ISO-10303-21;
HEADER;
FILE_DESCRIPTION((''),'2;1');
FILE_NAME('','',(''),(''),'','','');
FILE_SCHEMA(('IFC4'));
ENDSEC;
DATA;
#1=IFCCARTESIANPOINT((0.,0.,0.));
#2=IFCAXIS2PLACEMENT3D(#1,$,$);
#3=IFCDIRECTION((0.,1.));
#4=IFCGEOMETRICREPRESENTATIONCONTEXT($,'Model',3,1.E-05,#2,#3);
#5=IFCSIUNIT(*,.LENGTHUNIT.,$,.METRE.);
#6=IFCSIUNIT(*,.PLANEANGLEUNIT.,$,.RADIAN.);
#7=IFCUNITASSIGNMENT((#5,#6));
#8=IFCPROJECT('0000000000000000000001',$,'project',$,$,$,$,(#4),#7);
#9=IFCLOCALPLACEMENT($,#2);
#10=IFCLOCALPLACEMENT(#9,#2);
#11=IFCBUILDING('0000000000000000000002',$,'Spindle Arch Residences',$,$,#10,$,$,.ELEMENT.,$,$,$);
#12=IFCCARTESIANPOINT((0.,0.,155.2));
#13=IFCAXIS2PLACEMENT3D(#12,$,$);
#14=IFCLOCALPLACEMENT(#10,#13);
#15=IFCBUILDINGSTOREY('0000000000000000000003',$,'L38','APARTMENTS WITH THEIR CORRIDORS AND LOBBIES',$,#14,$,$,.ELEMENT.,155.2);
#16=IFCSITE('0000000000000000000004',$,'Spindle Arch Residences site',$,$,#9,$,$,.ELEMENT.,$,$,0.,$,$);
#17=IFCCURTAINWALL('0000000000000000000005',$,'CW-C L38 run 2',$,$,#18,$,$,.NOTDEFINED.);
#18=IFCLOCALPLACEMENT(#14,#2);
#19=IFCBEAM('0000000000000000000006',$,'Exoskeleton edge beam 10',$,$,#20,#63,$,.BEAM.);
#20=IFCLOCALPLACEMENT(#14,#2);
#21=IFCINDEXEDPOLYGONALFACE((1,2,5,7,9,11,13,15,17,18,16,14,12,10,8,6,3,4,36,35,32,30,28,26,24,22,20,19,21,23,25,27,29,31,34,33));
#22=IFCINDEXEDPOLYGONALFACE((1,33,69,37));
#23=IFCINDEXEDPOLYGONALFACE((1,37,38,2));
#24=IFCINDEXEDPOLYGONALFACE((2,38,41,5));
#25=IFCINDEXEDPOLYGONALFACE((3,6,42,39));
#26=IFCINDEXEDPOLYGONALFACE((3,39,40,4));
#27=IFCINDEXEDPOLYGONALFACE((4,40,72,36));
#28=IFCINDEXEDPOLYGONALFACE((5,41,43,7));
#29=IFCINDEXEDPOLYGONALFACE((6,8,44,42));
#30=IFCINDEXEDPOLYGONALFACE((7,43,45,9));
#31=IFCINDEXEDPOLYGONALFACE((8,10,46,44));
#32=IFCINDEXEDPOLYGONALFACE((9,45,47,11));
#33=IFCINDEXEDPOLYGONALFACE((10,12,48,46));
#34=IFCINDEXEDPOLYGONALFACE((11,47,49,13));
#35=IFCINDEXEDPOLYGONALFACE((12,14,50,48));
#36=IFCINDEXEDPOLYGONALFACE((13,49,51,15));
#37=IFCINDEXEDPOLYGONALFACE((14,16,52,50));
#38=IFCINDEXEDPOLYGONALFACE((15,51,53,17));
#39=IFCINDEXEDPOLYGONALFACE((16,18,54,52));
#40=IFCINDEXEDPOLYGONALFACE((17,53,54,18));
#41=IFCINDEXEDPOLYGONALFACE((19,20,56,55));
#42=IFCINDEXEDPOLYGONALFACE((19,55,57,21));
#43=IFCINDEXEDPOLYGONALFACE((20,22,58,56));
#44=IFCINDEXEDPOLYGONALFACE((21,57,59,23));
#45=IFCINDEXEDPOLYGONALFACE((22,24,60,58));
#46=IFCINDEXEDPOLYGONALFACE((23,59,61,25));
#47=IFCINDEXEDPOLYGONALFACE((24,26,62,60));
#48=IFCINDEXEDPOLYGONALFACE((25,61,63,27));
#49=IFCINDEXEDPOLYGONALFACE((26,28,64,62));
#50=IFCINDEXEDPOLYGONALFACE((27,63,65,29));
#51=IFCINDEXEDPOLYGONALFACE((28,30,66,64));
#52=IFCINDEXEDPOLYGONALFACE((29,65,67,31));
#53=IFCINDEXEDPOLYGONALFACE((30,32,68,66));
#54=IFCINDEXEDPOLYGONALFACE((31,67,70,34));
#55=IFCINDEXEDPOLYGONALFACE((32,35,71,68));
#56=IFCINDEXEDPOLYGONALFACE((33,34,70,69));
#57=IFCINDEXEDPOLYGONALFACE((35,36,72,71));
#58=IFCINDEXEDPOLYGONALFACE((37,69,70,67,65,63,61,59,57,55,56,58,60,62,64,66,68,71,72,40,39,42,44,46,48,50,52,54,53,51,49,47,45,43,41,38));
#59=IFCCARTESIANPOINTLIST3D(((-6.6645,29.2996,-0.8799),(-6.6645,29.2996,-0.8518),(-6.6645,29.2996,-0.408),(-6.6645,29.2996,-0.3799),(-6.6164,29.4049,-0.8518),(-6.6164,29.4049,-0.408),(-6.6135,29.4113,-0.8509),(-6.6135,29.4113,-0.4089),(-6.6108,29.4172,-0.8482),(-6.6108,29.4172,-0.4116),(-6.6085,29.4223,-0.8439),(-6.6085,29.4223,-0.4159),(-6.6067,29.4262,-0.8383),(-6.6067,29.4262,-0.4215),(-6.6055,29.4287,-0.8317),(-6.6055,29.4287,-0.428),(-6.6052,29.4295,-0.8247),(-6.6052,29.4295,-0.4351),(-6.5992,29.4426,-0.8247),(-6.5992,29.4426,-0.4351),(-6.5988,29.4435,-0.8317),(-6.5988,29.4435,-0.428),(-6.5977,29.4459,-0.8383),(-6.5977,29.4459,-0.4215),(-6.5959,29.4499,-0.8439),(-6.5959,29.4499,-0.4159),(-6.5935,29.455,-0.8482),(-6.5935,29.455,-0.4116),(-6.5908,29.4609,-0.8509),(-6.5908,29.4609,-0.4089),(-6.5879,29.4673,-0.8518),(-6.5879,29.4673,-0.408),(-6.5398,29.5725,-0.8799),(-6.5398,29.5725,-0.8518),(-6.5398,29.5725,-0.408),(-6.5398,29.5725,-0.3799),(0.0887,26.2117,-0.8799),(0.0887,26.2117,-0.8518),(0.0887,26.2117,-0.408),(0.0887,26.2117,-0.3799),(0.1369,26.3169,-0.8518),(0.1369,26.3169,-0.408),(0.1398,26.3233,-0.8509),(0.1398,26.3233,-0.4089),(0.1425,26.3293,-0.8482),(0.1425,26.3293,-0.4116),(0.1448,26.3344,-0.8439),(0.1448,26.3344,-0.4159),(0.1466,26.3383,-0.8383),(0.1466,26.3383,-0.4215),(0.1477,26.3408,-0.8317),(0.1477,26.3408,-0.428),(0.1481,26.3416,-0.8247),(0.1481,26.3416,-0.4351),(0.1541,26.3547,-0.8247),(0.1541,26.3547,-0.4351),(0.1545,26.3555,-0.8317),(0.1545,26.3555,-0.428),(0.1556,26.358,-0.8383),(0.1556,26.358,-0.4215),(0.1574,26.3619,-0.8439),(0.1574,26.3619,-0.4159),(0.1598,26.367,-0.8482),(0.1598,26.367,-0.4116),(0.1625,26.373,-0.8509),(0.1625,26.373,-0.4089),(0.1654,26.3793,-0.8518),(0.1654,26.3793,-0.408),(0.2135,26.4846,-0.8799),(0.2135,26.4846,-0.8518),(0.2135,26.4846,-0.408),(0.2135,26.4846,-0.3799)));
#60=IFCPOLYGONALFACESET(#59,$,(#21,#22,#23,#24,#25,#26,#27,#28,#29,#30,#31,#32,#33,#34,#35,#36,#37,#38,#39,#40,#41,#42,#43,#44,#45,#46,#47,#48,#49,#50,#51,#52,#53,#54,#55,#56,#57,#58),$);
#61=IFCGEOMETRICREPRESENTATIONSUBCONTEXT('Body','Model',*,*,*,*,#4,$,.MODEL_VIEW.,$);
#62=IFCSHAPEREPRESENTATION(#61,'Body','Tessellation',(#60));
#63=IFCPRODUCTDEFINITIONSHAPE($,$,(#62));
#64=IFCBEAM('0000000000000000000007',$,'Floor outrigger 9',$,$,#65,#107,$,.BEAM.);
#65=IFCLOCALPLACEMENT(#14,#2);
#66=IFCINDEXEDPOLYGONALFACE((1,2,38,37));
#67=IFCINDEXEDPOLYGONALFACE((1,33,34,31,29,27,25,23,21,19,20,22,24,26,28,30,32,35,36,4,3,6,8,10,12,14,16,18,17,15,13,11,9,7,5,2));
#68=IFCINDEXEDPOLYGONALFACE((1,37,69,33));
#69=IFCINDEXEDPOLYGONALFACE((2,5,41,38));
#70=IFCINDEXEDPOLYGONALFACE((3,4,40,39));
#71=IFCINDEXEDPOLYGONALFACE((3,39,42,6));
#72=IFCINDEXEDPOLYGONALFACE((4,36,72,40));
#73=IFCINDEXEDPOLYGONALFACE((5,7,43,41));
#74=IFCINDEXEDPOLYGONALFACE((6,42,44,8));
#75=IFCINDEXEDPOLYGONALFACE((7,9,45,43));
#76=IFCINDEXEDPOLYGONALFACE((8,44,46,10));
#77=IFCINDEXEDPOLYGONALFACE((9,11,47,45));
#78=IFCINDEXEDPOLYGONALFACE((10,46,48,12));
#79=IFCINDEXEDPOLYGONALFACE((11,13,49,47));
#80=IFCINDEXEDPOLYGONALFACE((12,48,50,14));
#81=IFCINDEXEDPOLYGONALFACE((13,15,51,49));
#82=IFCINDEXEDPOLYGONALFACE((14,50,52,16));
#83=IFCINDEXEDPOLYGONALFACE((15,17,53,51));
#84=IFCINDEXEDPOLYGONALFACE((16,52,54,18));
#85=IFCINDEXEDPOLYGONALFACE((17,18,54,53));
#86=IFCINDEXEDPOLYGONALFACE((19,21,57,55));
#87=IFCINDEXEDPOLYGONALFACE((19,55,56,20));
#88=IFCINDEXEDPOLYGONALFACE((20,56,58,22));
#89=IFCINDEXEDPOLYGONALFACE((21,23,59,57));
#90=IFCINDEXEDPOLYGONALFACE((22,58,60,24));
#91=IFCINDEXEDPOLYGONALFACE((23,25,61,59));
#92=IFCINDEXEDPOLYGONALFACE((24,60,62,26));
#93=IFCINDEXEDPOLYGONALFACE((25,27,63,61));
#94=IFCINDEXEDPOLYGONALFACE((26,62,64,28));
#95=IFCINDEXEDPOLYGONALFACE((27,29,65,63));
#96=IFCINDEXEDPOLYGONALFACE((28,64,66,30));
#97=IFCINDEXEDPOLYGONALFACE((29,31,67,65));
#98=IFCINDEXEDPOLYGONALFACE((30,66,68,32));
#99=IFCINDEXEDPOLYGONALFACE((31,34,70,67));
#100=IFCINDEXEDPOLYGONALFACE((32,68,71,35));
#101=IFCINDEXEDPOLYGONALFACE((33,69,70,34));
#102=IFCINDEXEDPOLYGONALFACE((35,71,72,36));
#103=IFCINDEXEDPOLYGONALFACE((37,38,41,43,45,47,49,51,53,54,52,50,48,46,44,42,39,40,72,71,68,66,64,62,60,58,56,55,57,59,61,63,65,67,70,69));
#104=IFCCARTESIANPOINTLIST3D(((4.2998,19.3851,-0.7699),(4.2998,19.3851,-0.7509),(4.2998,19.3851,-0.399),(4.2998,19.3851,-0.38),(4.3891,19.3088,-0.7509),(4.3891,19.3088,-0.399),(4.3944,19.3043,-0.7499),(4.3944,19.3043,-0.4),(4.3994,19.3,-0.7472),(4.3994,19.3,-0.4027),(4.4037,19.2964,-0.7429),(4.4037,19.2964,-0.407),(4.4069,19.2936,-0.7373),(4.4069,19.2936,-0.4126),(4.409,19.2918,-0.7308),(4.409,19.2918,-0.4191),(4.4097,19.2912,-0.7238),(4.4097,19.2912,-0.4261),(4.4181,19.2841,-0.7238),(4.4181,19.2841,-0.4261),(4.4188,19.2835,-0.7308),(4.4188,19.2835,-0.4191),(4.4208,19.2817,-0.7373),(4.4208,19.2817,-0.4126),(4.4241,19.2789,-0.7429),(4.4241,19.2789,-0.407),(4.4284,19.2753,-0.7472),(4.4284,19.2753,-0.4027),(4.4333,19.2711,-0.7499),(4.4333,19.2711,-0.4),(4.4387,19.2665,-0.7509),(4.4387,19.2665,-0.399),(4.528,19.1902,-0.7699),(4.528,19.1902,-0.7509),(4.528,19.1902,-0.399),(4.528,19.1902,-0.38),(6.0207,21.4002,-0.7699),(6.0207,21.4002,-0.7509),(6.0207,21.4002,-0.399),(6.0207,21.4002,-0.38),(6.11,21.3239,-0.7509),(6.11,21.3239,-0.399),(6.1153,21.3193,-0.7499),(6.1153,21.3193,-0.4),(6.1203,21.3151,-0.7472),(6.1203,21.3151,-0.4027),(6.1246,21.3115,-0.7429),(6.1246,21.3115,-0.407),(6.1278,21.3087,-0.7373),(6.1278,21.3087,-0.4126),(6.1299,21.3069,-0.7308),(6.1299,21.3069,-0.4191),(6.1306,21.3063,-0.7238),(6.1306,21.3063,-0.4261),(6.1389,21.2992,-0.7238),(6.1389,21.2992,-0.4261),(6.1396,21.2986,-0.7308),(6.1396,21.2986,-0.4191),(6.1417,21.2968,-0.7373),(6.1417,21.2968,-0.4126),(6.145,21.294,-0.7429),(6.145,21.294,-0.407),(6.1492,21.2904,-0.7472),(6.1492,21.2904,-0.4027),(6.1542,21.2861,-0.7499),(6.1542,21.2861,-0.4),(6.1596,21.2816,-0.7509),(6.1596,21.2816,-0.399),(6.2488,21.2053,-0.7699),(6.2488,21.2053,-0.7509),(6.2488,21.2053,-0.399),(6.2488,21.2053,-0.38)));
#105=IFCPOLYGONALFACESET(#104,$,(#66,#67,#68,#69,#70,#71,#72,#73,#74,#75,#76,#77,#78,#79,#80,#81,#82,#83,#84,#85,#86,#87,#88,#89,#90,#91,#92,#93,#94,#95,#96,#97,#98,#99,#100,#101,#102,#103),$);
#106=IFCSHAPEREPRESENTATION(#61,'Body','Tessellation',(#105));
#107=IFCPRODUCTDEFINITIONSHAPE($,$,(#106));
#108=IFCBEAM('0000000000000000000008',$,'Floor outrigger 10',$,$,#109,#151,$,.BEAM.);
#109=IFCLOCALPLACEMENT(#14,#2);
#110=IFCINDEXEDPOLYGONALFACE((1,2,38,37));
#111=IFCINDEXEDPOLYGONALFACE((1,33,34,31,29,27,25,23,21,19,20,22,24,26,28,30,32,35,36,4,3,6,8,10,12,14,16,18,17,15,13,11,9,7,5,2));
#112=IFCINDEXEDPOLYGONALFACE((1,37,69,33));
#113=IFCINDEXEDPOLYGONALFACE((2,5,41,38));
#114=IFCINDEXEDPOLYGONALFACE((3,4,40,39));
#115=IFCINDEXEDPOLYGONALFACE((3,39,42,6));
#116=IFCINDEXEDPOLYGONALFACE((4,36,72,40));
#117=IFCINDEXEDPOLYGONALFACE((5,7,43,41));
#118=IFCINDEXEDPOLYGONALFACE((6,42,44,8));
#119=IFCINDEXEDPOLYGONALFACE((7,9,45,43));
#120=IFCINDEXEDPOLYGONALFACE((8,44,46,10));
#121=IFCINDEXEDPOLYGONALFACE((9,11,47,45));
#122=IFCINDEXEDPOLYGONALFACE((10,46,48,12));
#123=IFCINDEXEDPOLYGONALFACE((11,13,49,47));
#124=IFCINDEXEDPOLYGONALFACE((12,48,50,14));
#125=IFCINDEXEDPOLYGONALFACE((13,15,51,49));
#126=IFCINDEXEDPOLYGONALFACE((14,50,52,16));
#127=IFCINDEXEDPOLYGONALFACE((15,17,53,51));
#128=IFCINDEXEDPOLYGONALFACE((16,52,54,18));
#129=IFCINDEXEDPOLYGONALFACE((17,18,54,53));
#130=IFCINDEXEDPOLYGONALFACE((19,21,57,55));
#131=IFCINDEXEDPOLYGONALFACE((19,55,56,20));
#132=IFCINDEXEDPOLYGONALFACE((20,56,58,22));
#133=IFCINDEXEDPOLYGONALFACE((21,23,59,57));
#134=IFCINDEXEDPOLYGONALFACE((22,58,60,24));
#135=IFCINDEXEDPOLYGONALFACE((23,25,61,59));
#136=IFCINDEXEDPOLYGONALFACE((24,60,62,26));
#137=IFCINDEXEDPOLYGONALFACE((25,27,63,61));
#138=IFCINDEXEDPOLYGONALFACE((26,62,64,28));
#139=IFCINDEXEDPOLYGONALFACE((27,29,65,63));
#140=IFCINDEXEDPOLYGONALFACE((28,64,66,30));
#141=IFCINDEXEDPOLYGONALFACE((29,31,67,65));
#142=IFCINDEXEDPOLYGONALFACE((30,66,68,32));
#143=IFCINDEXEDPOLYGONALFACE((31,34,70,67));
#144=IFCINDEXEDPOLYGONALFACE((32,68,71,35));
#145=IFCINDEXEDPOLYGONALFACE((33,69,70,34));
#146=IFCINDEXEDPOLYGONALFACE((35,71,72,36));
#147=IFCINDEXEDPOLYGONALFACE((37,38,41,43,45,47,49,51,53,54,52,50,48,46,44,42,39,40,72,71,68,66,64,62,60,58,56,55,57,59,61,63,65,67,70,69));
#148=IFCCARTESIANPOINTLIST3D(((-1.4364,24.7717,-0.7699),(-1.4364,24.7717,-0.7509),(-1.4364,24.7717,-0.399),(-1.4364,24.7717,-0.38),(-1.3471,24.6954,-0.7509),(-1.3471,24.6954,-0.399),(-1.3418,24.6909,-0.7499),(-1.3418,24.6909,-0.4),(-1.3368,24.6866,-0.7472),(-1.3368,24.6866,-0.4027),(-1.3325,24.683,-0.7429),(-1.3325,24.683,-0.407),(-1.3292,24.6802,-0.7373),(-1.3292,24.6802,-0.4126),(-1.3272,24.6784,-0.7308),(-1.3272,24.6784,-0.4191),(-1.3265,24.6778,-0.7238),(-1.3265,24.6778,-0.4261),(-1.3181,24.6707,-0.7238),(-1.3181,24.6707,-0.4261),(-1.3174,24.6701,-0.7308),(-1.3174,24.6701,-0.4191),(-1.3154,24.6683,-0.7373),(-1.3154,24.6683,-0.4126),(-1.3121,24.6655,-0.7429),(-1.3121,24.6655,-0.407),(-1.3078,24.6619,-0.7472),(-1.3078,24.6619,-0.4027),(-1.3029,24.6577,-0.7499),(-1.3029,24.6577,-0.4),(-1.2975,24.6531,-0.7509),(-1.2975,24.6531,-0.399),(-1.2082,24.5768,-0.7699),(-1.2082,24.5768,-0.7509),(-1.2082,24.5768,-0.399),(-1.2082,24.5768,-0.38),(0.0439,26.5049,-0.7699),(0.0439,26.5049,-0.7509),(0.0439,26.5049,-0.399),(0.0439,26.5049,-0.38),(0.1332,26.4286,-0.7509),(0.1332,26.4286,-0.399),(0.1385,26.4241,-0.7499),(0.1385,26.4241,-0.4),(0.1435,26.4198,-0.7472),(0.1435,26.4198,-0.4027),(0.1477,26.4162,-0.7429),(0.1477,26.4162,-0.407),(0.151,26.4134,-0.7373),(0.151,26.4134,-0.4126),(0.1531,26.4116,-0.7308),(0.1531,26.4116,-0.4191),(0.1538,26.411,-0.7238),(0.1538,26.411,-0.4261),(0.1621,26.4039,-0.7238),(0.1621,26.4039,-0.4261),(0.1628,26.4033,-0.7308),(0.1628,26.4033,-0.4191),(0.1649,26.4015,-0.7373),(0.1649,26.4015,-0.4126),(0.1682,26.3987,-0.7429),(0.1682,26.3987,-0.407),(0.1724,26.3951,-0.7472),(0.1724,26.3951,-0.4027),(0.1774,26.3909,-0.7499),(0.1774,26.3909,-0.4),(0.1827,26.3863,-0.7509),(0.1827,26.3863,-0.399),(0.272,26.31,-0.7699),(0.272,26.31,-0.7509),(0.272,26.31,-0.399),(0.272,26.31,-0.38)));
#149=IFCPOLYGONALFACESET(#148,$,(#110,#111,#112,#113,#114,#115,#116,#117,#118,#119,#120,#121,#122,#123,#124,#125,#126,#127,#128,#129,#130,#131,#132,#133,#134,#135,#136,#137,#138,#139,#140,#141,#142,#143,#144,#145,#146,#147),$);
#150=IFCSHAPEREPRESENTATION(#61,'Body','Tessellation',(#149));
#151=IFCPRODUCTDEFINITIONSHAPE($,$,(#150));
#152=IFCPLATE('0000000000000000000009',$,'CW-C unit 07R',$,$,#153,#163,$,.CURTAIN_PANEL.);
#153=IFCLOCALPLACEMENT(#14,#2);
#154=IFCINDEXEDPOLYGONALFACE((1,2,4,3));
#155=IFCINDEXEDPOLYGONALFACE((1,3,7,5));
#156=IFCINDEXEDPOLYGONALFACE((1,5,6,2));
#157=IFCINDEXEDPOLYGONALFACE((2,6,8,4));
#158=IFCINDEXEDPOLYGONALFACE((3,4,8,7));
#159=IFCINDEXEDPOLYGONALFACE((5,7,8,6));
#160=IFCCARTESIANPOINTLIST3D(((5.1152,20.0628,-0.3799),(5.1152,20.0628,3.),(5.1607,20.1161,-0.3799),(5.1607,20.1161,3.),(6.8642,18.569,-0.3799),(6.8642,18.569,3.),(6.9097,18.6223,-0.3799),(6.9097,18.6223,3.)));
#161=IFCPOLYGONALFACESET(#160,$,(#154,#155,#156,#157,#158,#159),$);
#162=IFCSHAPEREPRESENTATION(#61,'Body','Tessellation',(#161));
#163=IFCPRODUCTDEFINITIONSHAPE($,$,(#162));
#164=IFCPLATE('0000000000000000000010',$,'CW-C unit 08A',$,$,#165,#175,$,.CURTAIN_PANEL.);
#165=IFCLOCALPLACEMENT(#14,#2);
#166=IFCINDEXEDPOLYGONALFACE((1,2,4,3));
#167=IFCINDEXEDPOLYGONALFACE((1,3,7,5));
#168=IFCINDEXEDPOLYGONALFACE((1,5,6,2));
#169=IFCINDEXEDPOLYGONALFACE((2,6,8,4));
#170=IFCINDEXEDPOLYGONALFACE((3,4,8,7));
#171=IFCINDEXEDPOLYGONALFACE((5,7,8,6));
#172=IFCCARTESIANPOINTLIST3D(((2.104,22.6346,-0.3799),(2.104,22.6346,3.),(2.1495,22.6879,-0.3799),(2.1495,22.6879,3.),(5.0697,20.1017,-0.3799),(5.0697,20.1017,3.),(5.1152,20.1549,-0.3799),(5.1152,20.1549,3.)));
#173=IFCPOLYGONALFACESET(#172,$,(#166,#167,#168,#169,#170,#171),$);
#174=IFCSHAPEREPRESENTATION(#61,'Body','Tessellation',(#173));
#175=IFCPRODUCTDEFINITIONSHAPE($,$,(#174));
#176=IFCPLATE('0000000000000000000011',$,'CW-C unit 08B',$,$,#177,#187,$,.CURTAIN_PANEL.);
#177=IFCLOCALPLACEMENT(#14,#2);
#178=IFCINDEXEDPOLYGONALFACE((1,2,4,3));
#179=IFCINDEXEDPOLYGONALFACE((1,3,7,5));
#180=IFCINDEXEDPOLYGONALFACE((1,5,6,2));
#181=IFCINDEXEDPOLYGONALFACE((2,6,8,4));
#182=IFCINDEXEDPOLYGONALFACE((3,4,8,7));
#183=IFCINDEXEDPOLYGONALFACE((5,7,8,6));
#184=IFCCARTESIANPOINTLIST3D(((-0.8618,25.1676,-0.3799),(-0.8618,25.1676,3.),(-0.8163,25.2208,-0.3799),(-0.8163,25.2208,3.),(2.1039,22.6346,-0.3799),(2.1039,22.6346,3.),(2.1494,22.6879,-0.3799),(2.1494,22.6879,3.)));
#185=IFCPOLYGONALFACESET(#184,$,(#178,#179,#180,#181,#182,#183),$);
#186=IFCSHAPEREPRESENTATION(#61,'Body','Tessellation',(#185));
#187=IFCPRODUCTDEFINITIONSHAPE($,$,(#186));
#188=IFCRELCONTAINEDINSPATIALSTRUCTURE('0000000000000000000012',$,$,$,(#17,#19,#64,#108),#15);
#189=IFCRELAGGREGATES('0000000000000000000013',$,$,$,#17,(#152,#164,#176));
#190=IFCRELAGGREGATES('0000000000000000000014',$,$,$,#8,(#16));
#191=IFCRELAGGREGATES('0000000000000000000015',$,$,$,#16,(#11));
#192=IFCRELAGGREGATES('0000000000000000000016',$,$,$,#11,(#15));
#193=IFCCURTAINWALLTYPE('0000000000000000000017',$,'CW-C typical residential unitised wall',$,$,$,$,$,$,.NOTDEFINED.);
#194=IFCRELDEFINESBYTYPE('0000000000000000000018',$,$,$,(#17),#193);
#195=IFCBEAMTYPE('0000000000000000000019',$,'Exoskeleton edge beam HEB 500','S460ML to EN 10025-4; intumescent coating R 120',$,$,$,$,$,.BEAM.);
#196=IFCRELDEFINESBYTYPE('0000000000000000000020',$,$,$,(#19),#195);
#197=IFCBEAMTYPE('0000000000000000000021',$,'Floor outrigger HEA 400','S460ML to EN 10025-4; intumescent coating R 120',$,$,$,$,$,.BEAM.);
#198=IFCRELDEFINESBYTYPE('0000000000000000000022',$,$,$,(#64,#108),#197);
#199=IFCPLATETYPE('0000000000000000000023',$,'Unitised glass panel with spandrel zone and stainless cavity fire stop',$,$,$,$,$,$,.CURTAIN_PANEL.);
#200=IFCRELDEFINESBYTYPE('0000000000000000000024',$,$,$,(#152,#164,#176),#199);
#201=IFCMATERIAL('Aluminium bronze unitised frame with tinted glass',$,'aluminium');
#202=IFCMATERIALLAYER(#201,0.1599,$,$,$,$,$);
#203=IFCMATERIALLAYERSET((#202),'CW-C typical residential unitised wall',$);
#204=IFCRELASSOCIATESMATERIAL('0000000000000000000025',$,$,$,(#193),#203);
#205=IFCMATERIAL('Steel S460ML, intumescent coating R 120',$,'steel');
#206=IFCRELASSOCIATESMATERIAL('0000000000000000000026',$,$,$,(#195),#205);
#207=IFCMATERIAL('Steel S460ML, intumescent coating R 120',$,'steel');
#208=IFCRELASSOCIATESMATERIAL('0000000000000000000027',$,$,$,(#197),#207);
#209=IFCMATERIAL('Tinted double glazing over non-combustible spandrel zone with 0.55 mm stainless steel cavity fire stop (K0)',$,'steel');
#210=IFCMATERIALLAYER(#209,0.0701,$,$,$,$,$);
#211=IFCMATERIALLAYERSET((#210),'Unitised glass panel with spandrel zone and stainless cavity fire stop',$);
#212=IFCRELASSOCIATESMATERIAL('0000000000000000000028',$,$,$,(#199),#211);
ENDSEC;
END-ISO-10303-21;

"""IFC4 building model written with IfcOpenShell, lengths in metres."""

from ifc_helpers import new_model, si_unit, direction, frame, origin, origin_2d, place, context, subcontext, project, spatial, rectangle, i_section, extrude, material, layer, layer_set, material_profile, profile_set, type_object, element, aggregate, save


model = new_model("IFC4")

# Units and contexts
model_context = context("Model", 3, precision=1e-05, world=origin(), true_north=direction((0.0, 1.0)))
body_context = subcontext(model_context, "Body", "Model", "MODEL_VIEW")
ifc_project = project(units=[si_unit("LENGTHUNIT", "METRE"), si_unit("PLANEANGLEUNIT", "RADIAN")], contexts=[model_context])

# Site, building, storey
site_placement = place(None, origin())
site = spatial("IfcSite", under=ifc_project, at=site_placement, Name="Spindle Arch Residences site", CompositionType="ELEMENT", RefElevation=0.0)
building_placement = place(site_placement, origin())
building = spatial("IfcBuilding", under=site, at=building_placement, Name="Spindle Arch Residences", CompositionType="ELEMENT")
storey_placement = place(building_placement, frame((0.0, 0.0, 155.2)))
storey = spatial("IfcBuildingStorey", under=building, at=storey_placement, Name="L38", Description="APARTMENTS WITH THEIR CORRIDORS AND LOBBIES", CompositionType="ELEMENT", Elevation=155.2)

# Curtain wall
ifc_material_1 = material(Name="Aluminium bronze unitised frame with tinted glass", Category="aluminium")
ifc_layer_1 = layer(ifc_material_1, 0.1599)
ifc_layer_set_1 = layer_set([ifc_layer_1], Name="CW-C typical residential unitised wall")
curtain_wall_type_1 = type_object("IfcCurtainWallType", Name="CW-C typical residential unitised wall", PredefinedType="NOTDEFINED", material=ifc_layer_set_1)
curtain_wall_1_placement = place(storey_placement, origin())
curtain_wall_1 = element("IfcCurtainWall", 1, at=curtain_wall_1_placement, inside=storey, type_object=curtain_wall_type_1, Name="CW-C L38 run 2", PredefinedType="NOTDEFINED")

# Beams
ifc_material_2 = material(Name="Steel S460ML, intumescent coating R 120", Category="steel")
ifc_material_profile_1 = material_profile(ifc_material_2, i_section(OverallWidth=0.3, OverallDepth=0.5, WebThickness=0.0144, FlangeThickness=0.0281, FilletRadius=0.0271, at=origin_2d()), Name="HEB 500")
ifc_profile_set_1 = profile_set([ifc_material_profile_1], Name="Steel S460ML, intumescent coating R 120")
beam_type_1 = type_object("IfcBeamType", Name="Exoskeleton edge beam HEB 500", Description="S460ML to EN 10025-4; intumescent coating R 120", PredefinedType="BEAM", material=ifc_profile_set_1)
beam_1_placement = place(storey_placement, frame((0.1511, 26.3481, -0.6299), z_axis=(-0.909438, 0.415841, 0.0), x_axis=(-0.415841, -0.909438, 0.0)))
element("IfcBeam", 2, at=beam_1_placement, inside=storey, type_object=beam_type_1, Name="Exoskeleton edge beam 10", PredefinedType="BEAM", context=body_context, shape_type="SweptSolid", body=[
    extrude(i_section(OverallWidth=0.3, OverallDepth=0.5, WebThickness=0.0144, FlangeThickness=0.0281, FilletRadius=0.0271, at=origin_2d()), origin(), (0.0, 0.0, 1.0), 7.4258),
])
ifc_material_3 = material(Name="Steel S460ML, intumescent coating R 120", Category="steel")
ifc_material_profile_2 = material_profile(ifc_material_3, i_section(OverallWidth=0.3, OverallDepth=0.3899, WebThickness=0.011, FlangeThickness=0.019, FilletRadius=0.0271, at=origin_2d()), Name="HEA 400")
ifc_profile_set_2 = profile_set([ifc_material_profile_2], Name="Steel S460ML, intumescent coating R 120")
beam_type_2 = type_object("IfcBeamType", Name="Floor outrigger HEA 400", Description="S460ML to EN 10025-4; intumescent coating R 120", PredefinedType="BEAM", material=ifc_profile_set_2)
beam_2_placement = place(storey_placement, frame((6.1348, 21.3027, -0.575), z_axis=(-0.649417, -0.760432, 0.0), x_axis=(0.760432, -0.649417, 0.0)))
element("IfcBeam", 3, at=beam_2_placement, inside=storey, type_object=beam_type_2, Name="Floor outrigger 9", PredefinedType="BEAM", context=body_context, shape_type="SweptSolid", body=[
    extrude(i_section(OverallWidth=0.3, OverallDepth=0.3899, WebThickness=0.011, FlangeThickness=0.019, FilletRadius=0.0271, at=origin_2d()), origin(), (0.0, 0.0, 1.0), 2.6499),
])
beam_3_placement = place(storey_placement, frame((0.158, 26.4075, -0.575), z_axis=(-0.649441, -0.760412, 0.0), x_axis=(0.760412, -0.649441, 0.0)))
element("IfcBeam", 4, at=beam_3_placement, inside=storey, type_object=beam_type_2, Name="Floor outrigger 10", PredefinedType="BEAM", context=body_context, shape_type="SweptSolid", body=[
    extrude(i_section(OverallWidth=0.3, OverallDepth=0.3899, WebThickness=0.011, FlangeThickness=0.019, FilletRadius=0.0271, at=origin_2d()), origin(), (0.0, 0.0, 1.0), 2.2793),
])

# Plates
ifc_material_4 = material(Name="Tinted double glazing over non-combustible spandrel zone with 0.55 mm stainless steel cavity fire stop (K0)", Category="steel")
ifc_layer_2 = layer(ifc_material_4, 0.0701)
ifc_layer_set_2 = layer_set([ifc_layer_2], Name="Unitised glass panel with spandrel zone and stainless cavity fire stop")
plate_type = type_object("IfcPlateType", Name="Unitised glass panel with spandrel zone and stainless cavity fire stop", PredefinedType="CURTAIN_PANEL", material=ifc_layer_set_2)
plate_1_placement = place(storey_placement, frame((6.0125, 19.3425, -0.3799), z_axis=(0.0, 0.0, 1.0), x_axis=(-0.760406, 0.649448, 0.0)))
plate_1 = element("IfcPlate", 5, at=plate_1_placement, type_object=plate_type, Name="CW-C unit 07R", PredefinedType="CURTAIN_PANEL", context=body_context, shape_type="SweptSolid", body=[
    extrude(rectangle(XDim=2.3, YDim=0.0701, at=origin_2d()), origin(), (0.0, 0.0, 1.0), 3.3799),
])
plate_2_placement = place(storey_placement, frame((3.6096, 21.3948, -0.3799), z_axis=(0.0, 0.0, 1.0), x_axis=(-0.760406, 0.649448, 0.0)))
plate_2 = element("IfcPlate", 6, at=plate_2_placement, type_object=plate_type, Name="CW-C unit 08A", PredefinedType="CURTAIN_PANEL", context=body_context, shape_type="SweptSolid", body=[
    extrude(rectangle(XDim=3.9001, YDim=0.0701, at=origin_2d()), origin(), (0.0, 0.0, 1.0), 3.3799),
])
plate_3_placement = place(storey_placement, frame((0.6438, 23.9277, -0.3799), z_axis=(0.0, 0.0, 1.0), x_axis=(-0.760406, 0.649448, 0.0)))
plate_3 = element("IfcPlate", 7, at=plate_3_placement, type_object=plate_type, Name="CW-C unit 08B", PredefinedType="CURTAIN_PANEL", context=body_context, shape_type="SweptSolid", body=[
    extrude(rectangle(XDim=3.9001, YDim=0.0701, at=origin_2d()), origin(), (0.0, 0.0, 1.0), 3.3799),
])
aggregate(curtain_wall_1, [plate_1, plate_2, plate_3])

save(model, "model.ifc")
